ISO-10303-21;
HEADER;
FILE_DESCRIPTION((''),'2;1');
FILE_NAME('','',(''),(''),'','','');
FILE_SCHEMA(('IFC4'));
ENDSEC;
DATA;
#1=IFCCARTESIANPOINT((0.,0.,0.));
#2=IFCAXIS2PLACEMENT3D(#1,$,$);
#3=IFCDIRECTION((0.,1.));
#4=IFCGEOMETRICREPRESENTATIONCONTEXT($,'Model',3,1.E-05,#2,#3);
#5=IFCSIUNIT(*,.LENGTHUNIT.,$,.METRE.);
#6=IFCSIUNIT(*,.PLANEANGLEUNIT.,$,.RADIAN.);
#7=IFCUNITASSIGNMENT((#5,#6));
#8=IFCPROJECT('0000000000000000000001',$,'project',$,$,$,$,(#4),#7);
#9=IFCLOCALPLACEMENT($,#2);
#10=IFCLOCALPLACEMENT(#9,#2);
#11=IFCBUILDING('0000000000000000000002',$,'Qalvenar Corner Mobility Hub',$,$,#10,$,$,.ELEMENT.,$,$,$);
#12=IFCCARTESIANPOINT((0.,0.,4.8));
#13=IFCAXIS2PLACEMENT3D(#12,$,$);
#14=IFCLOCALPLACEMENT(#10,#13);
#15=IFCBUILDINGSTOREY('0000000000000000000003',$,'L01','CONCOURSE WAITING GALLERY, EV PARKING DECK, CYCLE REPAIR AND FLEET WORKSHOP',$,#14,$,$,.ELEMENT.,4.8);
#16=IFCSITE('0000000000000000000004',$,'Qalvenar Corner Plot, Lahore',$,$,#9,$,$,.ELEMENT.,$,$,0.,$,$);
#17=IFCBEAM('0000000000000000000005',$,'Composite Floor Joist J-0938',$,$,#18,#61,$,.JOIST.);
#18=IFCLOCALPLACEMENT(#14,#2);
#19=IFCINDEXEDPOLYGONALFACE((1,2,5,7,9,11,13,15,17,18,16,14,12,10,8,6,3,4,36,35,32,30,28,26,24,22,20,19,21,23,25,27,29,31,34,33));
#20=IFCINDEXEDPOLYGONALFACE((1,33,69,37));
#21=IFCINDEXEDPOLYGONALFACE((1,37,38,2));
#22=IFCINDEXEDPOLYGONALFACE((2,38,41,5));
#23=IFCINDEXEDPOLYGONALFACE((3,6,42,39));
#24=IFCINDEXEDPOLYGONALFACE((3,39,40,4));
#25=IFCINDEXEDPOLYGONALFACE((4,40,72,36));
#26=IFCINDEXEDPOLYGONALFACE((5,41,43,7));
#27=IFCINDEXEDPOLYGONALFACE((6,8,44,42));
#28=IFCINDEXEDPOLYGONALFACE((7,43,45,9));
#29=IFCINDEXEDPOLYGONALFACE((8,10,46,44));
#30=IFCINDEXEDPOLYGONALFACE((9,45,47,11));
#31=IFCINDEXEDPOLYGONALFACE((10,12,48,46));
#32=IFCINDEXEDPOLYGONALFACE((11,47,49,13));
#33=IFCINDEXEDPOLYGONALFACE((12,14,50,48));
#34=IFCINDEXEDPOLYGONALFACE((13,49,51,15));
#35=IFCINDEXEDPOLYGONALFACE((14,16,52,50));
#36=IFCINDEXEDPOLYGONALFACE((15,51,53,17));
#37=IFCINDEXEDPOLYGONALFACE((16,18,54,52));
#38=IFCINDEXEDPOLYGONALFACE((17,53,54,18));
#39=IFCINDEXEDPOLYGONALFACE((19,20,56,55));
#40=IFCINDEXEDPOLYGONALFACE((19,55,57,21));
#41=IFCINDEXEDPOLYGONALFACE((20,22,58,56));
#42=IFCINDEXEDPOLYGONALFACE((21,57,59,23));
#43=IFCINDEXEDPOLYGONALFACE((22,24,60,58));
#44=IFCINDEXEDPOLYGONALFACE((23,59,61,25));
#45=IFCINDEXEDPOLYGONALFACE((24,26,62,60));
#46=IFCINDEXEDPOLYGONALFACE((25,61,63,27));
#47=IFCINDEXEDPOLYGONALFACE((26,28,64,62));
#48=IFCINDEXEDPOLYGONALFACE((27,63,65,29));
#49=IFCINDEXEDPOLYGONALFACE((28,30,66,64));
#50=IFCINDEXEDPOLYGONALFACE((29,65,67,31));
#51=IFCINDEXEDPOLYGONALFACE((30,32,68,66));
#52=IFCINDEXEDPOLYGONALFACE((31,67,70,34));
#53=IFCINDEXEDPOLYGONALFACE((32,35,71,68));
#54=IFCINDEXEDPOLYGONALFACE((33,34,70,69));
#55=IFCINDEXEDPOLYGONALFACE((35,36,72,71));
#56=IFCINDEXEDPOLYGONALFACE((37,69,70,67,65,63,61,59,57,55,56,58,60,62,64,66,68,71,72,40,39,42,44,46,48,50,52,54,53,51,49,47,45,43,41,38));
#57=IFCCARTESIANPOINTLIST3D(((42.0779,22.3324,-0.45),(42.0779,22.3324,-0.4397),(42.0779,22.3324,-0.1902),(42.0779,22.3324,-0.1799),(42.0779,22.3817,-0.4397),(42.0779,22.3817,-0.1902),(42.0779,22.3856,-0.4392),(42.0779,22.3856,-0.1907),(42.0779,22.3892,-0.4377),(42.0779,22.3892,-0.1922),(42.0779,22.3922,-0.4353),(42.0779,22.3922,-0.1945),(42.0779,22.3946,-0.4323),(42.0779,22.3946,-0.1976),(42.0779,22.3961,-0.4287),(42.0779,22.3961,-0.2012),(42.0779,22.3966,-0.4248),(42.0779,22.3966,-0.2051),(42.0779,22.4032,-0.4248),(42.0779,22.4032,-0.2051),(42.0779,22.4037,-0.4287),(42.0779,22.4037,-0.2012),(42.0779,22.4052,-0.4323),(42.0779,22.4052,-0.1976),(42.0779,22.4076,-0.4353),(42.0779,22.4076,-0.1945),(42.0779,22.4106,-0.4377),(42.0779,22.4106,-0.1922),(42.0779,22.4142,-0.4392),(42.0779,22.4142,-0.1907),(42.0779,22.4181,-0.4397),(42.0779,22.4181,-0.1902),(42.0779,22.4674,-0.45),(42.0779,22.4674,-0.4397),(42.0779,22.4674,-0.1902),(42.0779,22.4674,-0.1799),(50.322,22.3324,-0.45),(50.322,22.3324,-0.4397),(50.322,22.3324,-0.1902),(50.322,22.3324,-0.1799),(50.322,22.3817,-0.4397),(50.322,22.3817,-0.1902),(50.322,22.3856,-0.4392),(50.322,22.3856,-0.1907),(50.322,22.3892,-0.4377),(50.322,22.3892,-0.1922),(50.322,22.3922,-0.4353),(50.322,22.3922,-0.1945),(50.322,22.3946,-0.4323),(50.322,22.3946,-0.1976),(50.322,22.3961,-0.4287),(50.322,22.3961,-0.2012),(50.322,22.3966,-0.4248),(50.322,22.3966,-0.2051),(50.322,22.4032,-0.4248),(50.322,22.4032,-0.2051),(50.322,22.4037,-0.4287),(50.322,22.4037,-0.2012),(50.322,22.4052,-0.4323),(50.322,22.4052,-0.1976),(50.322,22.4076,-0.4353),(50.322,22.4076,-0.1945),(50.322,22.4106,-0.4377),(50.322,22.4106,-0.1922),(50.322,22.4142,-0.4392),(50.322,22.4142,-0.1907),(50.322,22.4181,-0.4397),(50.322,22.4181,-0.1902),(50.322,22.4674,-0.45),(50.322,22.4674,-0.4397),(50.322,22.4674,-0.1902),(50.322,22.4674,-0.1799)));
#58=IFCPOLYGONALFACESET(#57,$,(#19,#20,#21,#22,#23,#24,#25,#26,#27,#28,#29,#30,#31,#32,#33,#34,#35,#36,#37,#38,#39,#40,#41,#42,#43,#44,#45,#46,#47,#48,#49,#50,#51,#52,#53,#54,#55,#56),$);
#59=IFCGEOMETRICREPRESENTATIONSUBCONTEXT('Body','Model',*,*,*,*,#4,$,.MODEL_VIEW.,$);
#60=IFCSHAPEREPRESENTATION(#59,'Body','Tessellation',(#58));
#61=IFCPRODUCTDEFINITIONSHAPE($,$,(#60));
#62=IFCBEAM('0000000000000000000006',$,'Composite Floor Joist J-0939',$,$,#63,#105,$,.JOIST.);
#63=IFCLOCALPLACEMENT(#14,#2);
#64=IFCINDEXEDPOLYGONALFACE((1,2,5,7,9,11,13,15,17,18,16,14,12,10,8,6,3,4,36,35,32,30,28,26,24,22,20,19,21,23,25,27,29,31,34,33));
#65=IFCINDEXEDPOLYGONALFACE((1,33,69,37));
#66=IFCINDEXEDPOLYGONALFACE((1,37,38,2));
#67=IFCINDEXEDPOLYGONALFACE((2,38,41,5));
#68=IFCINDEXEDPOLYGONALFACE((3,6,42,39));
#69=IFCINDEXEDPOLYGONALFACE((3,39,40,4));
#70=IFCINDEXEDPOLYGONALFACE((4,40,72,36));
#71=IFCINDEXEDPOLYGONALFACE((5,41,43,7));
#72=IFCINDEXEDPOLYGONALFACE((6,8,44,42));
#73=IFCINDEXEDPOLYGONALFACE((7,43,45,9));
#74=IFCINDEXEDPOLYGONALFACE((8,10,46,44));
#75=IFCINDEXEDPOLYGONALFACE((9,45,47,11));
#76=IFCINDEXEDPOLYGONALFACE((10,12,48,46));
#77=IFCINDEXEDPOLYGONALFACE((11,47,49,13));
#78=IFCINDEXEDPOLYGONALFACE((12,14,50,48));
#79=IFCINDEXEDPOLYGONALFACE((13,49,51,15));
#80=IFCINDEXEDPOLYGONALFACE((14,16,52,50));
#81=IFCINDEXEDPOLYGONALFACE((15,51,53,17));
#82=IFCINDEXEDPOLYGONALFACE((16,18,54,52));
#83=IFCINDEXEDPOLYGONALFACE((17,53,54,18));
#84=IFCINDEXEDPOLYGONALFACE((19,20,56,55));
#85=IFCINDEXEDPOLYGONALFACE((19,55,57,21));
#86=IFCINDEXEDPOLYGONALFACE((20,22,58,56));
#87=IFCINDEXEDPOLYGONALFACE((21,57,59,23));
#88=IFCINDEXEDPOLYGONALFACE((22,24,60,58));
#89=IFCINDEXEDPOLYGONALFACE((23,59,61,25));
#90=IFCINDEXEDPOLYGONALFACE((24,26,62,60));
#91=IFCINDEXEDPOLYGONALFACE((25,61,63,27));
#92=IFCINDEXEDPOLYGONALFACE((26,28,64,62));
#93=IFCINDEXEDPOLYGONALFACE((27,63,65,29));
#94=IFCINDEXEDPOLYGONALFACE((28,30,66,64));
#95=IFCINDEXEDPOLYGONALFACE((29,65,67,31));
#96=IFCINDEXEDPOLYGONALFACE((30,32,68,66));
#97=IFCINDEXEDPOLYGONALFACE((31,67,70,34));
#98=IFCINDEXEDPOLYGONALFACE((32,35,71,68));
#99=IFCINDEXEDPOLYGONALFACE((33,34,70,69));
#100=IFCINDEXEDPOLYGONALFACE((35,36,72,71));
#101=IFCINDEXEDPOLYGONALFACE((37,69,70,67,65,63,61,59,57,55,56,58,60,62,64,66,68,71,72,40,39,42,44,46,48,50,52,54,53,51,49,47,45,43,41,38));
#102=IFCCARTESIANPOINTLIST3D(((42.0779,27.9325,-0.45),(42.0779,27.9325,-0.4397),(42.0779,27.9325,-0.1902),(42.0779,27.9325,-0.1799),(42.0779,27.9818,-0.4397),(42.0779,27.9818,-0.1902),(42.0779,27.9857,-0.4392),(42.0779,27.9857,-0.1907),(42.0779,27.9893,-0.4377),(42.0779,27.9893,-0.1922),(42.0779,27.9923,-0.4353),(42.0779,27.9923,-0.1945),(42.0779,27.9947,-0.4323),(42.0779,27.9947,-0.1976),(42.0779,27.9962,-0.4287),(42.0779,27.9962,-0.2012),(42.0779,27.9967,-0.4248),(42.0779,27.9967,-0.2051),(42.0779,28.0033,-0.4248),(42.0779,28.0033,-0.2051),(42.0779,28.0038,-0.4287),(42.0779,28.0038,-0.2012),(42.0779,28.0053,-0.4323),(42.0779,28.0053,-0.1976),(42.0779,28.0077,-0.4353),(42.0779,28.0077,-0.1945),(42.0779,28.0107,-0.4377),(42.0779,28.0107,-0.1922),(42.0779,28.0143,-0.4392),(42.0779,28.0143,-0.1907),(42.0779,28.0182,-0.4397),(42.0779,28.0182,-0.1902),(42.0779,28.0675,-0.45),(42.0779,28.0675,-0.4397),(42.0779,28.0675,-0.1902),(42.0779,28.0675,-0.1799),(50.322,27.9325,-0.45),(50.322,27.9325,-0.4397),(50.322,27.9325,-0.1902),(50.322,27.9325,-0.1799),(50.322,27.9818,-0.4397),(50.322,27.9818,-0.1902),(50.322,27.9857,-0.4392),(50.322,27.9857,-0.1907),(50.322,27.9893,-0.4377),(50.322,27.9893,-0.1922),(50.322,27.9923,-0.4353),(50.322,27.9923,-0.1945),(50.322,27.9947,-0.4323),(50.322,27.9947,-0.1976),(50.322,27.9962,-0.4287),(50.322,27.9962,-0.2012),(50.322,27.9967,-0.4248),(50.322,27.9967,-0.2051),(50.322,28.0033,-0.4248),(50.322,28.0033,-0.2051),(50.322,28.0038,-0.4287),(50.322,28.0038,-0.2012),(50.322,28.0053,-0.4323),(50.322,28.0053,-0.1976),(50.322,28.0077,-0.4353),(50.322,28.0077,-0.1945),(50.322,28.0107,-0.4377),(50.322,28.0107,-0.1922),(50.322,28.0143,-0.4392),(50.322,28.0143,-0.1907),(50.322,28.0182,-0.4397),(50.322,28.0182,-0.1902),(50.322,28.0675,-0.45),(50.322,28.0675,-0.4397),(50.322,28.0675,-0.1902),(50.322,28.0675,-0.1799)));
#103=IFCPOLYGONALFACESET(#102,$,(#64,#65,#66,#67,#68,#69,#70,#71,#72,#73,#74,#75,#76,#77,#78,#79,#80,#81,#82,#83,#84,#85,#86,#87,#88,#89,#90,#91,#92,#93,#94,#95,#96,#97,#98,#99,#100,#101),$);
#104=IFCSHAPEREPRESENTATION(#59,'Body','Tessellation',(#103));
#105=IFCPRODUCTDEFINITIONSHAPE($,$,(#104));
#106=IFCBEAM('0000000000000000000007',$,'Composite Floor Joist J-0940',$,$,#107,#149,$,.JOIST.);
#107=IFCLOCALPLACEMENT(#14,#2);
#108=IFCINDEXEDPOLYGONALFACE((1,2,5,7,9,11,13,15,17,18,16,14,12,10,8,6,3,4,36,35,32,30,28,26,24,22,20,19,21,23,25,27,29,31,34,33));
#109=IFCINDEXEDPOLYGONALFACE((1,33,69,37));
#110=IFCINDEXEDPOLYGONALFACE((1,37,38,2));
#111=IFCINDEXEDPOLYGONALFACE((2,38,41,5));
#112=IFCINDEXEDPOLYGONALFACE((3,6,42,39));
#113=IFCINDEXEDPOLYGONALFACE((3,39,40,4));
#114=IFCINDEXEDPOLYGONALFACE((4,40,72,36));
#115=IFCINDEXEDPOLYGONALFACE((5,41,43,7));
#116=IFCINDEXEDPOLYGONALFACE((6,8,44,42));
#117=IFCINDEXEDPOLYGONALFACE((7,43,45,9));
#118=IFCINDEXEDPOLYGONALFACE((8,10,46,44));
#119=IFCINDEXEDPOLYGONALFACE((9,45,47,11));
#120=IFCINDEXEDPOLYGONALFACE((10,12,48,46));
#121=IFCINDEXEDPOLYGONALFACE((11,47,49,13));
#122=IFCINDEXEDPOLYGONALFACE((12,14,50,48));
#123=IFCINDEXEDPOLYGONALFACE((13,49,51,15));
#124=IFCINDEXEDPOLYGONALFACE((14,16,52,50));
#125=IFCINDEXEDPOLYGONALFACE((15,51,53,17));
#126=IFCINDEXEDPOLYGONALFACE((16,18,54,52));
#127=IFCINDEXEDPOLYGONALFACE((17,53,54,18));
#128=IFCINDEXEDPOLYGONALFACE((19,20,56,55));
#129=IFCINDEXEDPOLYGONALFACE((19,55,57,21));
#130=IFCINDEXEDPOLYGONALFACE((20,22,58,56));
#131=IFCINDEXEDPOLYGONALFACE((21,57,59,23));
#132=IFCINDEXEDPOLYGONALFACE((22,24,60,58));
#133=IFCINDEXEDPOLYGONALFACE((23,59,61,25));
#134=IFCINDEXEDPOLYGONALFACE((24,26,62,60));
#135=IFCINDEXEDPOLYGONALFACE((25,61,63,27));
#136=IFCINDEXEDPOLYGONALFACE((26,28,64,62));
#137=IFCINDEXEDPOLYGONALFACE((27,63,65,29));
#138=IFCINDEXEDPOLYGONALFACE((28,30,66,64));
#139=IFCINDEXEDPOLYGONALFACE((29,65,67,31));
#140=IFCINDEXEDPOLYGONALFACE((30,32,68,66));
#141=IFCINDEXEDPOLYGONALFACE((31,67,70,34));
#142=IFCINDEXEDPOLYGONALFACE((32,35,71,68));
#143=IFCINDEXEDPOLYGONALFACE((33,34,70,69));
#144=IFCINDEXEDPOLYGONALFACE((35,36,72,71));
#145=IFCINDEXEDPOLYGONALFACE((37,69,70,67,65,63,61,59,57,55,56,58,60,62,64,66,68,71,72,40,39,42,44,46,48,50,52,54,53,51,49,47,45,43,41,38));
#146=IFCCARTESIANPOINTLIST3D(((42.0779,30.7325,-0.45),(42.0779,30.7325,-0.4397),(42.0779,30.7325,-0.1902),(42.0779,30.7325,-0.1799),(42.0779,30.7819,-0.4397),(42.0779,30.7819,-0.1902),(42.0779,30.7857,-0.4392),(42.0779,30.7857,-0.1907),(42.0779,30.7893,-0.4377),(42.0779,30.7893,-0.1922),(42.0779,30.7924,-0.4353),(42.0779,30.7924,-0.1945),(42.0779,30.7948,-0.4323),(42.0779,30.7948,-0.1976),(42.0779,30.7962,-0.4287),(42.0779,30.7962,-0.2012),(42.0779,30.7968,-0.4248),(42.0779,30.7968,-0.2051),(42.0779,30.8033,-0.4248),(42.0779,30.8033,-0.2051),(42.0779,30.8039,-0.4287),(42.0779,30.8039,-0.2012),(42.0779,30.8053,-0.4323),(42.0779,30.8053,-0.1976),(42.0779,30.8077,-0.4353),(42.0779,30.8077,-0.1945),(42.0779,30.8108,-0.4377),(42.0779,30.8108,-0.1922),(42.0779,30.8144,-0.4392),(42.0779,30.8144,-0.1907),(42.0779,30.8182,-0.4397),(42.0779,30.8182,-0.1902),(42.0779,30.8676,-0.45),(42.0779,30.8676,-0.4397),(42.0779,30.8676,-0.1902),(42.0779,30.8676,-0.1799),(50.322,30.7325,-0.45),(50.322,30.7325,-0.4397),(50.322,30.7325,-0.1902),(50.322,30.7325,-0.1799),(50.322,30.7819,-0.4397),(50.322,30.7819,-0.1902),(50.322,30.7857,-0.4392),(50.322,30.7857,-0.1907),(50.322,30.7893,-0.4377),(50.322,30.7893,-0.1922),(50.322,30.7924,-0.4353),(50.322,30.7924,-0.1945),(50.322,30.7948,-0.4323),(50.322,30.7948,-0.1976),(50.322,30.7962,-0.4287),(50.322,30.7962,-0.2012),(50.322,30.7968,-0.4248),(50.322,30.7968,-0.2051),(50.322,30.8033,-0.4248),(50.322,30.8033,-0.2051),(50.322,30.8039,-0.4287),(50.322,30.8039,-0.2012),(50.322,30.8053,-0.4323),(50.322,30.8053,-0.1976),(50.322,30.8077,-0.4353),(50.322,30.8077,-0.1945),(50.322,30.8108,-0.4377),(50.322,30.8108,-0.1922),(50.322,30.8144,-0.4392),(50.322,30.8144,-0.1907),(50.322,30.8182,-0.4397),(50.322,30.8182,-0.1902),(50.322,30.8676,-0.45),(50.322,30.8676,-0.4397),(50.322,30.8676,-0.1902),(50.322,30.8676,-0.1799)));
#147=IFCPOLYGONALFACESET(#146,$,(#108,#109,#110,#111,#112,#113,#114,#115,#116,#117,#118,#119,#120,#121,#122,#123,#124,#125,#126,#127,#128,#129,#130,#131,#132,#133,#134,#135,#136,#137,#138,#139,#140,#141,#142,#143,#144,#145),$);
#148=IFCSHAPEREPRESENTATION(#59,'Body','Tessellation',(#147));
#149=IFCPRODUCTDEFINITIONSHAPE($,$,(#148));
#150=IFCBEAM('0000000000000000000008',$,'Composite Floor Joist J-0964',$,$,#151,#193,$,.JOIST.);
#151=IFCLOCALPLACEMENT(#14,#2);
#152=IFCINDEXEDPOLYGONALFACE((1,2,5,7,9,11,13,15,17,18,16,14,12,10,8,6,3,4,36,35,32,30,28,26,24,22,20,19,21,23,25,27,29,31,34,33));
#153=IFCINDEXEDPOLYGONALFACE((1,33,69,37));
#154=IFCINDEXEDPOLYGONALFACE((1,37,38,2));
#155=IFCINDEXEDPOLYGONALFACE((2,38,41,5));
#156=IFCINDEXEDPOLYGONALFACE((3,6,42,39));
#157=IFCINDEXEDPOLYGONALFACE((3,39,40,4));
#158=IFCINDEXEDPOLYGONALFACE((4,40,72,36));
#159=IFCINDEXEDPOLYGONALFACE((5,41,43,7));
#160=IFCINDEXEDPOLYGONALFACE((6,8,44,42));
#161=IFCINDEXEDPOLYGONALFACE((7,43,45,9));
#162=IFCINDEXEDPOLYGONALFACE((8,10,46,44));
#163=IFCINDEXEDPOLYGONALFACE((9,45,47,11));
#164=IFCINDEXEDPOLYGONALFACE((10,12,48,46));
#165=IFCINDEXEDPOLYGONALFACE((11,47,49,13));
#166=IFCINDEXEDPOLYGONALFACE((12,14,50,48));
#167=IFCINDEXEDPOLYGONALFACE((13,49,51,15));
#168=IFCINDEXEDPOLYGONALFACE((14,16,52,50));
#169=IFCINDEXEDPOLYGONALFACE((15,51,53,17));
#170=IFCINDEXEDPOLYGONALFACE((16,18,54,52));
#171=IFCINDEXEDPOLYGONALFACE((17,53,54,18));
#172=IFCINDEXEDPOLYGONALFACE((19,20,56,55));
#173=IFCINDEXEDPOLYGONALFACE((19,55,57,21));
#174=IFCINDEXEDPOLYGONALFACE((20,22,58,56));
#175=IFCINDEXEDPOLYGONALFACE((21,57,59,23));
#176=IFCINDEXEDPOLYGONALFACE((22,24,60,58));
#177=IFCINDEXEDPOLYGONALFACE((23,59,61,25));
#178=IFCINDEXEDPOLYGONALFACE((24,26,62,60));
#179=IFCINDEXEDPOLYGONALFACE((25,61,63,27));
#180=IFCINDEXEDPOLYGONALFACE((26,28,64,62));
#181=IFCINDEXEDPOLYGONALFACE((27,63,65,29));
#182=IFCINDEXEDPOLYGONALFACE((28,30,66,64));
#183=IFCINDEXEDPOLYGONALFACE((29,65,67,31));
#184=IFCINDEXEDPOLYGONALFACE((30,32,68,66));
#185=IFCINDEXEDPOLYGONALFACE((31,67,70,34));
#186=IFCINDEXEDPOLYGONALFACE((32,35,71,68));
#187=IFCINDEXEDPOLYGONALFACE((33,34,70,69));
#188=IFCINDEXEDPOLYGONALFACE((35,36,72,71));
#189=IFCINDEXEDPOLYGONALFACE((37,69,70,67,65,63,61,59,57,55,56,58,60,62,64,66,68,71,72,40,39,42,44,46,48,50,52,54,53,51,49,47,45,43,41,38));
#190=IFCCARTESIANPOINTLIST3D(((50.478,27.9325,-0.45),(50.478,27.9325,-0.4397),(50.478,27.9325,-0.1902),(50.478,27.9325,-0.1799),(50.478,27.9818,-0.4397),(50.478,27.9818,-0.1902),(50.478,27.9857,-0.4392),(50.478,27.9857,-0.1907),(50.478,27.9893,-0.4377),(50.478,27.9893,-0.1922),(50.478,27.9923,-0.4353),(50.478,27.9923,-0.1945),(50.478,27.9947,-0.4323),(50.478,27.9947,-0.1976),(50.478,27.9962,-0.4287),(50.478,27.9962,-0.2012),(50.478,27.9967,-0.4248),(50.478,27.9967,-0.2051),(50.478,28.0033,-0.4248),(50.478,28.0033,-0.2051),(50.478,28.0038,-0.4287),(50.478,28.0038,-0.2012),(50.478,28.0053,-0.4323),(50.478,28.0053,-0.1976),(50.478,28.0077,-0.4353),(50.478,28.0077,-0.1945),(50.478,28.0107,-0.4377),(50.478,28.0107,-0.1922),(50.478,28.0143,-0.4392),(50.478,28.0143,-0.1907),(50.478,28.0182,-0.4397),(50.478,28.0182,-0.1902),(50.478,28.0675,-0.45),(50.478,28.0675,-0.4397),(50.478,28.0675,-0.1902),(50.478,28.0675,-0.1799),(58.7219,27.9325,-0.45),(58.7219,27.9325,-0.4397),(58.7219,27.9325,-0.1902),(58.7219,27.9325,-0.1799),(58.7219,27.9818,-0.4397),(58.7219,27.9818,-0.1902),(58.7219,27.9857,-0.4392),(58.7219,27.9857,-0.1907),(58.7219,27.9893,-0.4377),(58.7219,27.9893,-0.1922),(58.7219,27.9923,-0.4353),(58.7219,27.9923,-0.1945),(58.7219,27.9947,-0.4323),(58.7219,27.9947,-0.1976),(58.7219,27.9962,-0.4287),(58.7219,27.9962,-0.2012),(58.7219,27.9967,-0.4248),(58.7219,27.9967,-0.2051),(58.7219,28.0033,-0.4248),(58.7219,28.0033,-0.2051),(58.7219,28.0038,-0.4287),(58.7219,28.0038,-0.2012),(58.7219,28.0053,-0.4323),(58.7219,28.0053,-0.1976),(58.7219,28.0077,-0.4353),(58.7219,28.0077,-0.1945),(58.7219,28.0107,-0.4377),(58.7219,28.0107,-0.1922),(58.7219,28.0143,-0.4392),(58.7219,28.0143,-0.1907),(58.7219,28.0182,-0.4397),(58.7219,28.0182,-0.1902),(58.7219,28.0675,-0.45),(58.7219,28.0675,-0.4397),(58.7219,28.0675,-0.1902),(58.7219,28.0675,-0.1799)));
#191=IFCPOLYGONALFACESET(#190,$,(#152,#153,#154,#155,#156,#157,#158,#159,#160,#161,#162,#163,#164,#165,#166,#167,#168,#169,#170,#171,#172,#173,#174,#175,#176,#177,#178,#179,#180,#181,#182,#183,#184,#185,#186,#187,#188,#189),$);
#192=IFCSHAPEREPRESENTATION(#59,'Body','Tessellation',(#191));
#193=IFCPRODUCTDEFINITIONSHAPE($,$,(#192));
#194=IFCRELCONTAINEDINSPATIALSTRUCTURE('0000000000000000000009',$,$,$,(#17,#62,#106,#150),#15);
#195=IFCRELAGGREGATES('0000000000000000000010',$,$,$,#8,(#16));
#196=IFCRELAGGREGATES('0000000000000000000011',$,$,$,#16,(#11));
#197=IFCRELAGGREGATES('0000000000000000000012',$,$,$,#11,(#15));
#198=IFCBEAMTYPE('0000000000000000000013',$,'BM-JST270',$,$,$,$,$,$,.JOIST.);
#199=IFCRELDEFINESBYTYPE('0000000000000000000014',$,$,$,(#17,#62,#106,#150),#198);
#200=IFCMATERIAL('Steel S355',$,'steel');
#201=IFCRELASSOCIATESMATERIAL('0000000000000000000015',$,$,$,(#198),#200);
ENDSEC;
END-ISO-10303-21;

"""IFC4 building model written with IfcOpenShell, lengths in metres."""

from ifc_helpers import new_model, si_unit, direction, frame, origin, origin_2d, place, context, subcontext, project, spatial, i_section, extrude, material, material_profile, profile_set, type_object, element, save


model = new_model("IFC4")

# Units and contexts
model_context = context("Model", 3, precision=1e-05, world=origin(), true_north=direction((0.0, 1.0)))
body_context = subcontext(model_context, "Body", "Model", "MODEL_VIEW")
ifc_project = project(units=[si_unit("LENGTHUNIT", "METRE"), si_unit("PLANEANGLEUNIT", "RADIAN")], contexts=[model_context])

# Site, building, storey
site_placement = place(None, origin())
site = spatial("IfcSite", under=ifc_project, at=site_placement, Name="Qalvenar Corner Plot, Lahore", CompositionType="ELEMENT", RefElevation=0.0)
building_placement = place(site_placement, origin())
building = spatial("IfcBuilding", under=site, at=building_placement, Name="Qalvenar Corner Mobility Hub", CompositionType="ELEMENT")
storey_placement = place(building_placement, frame((0.0, 0.0, 4.8)))
storey = spatial("IfcBuildingStorey", under=building, at=storey_placement, Name="L01", Description="CONCOURSE WAITING GALLERY, EV PARKING DECK, CYCLE REPAIR AND FLEET WORKSHOP", CompositionType="ELEMENT", Elevation=4.8)

# Shared definitions
ifc_material_1 = material(Name="Steel S355", Category="steel")

# Beams
ifc_material_profile_1 = material_profile(ifc_material_1, i_section(OverallWidth=0.135, OverallDepth=0.27, WebThickness=0.0066, FlangeThickness=0.0103, FilletRadius=0.0149, at=origin_2d()), Name="IPE270")
ifc_profile_set_1 = profile_set([ifc_material_profile_1], Name="Steel S355")
beam_type_1 = type_object("IfcBeamType", Name="BM-JST270", PredefinedType="JOIST", material=ifc_profile_set_1)
for number, where, z_axis, x_axis, name in (
    (1, (42.0779, 22.3999, -0.3149), (1.0, 0.0, 0.0), (0.0, 1.0, 0.0), "Composite Floor Joist J-0938"),
    (2, (42.0779, 28.0, -0.3149), (1.0, 0.0, 0.0), (0.0, 1.0, 0.0), "Composite Floor Joist J-0939"),
    (3, (42.0779, 30.8, -0.3149), (1.0, 0.0, 0.0), (0.0, 1.0, 0.0), "Composite Floor Joist J-0940"),
):
    element("IfcBeam", number, at=place(storey_placement, frame(where, z_axis=z_axis, x_axis=x_axis)), inside=storey, type_object=beam_type_1, Name=name, PredefinedType="JOIST", context=body_context, shape_type="SweptSolid", body=[
        extrude(i_section(OverallWidth=0.135, OverallDepth=0.27, WebThickness=0.0066, FlangeThickness=0.0103, FilletRadius=0.0149, at=origin_2d()), origin(), (0.0, 0.0, 1.0), 8.2441),
    ])
for number, where, z_axis, x_axis, name in (
    (4, (50.478, 28.0, -0.3149), (1.0, 0.0, 0.0), (0.0, 1.0, 0.0), "Composite Floor Joist J-0964"),
):
    element("IfcBeam", number, at=place(storey_placement, frame(where, z_axis=z_axis, x_axis=x_axis)), inside=storey, type_object=beam_type_1, Name=name, PredefinedType="JOIST", context=body_context, shape_type="SweptSolid", body=[
        extrude(i_section(OverallWidth=0.135, OverallDepth=0.27, WebThickness=0.0066, FlangeThickness=0.0103, FilletRadius=0.0149, at=origin_2d()), origin(), (0.0, 0.0, 1.0), 8.2439),
    ])

save(model, "model.ifc")
